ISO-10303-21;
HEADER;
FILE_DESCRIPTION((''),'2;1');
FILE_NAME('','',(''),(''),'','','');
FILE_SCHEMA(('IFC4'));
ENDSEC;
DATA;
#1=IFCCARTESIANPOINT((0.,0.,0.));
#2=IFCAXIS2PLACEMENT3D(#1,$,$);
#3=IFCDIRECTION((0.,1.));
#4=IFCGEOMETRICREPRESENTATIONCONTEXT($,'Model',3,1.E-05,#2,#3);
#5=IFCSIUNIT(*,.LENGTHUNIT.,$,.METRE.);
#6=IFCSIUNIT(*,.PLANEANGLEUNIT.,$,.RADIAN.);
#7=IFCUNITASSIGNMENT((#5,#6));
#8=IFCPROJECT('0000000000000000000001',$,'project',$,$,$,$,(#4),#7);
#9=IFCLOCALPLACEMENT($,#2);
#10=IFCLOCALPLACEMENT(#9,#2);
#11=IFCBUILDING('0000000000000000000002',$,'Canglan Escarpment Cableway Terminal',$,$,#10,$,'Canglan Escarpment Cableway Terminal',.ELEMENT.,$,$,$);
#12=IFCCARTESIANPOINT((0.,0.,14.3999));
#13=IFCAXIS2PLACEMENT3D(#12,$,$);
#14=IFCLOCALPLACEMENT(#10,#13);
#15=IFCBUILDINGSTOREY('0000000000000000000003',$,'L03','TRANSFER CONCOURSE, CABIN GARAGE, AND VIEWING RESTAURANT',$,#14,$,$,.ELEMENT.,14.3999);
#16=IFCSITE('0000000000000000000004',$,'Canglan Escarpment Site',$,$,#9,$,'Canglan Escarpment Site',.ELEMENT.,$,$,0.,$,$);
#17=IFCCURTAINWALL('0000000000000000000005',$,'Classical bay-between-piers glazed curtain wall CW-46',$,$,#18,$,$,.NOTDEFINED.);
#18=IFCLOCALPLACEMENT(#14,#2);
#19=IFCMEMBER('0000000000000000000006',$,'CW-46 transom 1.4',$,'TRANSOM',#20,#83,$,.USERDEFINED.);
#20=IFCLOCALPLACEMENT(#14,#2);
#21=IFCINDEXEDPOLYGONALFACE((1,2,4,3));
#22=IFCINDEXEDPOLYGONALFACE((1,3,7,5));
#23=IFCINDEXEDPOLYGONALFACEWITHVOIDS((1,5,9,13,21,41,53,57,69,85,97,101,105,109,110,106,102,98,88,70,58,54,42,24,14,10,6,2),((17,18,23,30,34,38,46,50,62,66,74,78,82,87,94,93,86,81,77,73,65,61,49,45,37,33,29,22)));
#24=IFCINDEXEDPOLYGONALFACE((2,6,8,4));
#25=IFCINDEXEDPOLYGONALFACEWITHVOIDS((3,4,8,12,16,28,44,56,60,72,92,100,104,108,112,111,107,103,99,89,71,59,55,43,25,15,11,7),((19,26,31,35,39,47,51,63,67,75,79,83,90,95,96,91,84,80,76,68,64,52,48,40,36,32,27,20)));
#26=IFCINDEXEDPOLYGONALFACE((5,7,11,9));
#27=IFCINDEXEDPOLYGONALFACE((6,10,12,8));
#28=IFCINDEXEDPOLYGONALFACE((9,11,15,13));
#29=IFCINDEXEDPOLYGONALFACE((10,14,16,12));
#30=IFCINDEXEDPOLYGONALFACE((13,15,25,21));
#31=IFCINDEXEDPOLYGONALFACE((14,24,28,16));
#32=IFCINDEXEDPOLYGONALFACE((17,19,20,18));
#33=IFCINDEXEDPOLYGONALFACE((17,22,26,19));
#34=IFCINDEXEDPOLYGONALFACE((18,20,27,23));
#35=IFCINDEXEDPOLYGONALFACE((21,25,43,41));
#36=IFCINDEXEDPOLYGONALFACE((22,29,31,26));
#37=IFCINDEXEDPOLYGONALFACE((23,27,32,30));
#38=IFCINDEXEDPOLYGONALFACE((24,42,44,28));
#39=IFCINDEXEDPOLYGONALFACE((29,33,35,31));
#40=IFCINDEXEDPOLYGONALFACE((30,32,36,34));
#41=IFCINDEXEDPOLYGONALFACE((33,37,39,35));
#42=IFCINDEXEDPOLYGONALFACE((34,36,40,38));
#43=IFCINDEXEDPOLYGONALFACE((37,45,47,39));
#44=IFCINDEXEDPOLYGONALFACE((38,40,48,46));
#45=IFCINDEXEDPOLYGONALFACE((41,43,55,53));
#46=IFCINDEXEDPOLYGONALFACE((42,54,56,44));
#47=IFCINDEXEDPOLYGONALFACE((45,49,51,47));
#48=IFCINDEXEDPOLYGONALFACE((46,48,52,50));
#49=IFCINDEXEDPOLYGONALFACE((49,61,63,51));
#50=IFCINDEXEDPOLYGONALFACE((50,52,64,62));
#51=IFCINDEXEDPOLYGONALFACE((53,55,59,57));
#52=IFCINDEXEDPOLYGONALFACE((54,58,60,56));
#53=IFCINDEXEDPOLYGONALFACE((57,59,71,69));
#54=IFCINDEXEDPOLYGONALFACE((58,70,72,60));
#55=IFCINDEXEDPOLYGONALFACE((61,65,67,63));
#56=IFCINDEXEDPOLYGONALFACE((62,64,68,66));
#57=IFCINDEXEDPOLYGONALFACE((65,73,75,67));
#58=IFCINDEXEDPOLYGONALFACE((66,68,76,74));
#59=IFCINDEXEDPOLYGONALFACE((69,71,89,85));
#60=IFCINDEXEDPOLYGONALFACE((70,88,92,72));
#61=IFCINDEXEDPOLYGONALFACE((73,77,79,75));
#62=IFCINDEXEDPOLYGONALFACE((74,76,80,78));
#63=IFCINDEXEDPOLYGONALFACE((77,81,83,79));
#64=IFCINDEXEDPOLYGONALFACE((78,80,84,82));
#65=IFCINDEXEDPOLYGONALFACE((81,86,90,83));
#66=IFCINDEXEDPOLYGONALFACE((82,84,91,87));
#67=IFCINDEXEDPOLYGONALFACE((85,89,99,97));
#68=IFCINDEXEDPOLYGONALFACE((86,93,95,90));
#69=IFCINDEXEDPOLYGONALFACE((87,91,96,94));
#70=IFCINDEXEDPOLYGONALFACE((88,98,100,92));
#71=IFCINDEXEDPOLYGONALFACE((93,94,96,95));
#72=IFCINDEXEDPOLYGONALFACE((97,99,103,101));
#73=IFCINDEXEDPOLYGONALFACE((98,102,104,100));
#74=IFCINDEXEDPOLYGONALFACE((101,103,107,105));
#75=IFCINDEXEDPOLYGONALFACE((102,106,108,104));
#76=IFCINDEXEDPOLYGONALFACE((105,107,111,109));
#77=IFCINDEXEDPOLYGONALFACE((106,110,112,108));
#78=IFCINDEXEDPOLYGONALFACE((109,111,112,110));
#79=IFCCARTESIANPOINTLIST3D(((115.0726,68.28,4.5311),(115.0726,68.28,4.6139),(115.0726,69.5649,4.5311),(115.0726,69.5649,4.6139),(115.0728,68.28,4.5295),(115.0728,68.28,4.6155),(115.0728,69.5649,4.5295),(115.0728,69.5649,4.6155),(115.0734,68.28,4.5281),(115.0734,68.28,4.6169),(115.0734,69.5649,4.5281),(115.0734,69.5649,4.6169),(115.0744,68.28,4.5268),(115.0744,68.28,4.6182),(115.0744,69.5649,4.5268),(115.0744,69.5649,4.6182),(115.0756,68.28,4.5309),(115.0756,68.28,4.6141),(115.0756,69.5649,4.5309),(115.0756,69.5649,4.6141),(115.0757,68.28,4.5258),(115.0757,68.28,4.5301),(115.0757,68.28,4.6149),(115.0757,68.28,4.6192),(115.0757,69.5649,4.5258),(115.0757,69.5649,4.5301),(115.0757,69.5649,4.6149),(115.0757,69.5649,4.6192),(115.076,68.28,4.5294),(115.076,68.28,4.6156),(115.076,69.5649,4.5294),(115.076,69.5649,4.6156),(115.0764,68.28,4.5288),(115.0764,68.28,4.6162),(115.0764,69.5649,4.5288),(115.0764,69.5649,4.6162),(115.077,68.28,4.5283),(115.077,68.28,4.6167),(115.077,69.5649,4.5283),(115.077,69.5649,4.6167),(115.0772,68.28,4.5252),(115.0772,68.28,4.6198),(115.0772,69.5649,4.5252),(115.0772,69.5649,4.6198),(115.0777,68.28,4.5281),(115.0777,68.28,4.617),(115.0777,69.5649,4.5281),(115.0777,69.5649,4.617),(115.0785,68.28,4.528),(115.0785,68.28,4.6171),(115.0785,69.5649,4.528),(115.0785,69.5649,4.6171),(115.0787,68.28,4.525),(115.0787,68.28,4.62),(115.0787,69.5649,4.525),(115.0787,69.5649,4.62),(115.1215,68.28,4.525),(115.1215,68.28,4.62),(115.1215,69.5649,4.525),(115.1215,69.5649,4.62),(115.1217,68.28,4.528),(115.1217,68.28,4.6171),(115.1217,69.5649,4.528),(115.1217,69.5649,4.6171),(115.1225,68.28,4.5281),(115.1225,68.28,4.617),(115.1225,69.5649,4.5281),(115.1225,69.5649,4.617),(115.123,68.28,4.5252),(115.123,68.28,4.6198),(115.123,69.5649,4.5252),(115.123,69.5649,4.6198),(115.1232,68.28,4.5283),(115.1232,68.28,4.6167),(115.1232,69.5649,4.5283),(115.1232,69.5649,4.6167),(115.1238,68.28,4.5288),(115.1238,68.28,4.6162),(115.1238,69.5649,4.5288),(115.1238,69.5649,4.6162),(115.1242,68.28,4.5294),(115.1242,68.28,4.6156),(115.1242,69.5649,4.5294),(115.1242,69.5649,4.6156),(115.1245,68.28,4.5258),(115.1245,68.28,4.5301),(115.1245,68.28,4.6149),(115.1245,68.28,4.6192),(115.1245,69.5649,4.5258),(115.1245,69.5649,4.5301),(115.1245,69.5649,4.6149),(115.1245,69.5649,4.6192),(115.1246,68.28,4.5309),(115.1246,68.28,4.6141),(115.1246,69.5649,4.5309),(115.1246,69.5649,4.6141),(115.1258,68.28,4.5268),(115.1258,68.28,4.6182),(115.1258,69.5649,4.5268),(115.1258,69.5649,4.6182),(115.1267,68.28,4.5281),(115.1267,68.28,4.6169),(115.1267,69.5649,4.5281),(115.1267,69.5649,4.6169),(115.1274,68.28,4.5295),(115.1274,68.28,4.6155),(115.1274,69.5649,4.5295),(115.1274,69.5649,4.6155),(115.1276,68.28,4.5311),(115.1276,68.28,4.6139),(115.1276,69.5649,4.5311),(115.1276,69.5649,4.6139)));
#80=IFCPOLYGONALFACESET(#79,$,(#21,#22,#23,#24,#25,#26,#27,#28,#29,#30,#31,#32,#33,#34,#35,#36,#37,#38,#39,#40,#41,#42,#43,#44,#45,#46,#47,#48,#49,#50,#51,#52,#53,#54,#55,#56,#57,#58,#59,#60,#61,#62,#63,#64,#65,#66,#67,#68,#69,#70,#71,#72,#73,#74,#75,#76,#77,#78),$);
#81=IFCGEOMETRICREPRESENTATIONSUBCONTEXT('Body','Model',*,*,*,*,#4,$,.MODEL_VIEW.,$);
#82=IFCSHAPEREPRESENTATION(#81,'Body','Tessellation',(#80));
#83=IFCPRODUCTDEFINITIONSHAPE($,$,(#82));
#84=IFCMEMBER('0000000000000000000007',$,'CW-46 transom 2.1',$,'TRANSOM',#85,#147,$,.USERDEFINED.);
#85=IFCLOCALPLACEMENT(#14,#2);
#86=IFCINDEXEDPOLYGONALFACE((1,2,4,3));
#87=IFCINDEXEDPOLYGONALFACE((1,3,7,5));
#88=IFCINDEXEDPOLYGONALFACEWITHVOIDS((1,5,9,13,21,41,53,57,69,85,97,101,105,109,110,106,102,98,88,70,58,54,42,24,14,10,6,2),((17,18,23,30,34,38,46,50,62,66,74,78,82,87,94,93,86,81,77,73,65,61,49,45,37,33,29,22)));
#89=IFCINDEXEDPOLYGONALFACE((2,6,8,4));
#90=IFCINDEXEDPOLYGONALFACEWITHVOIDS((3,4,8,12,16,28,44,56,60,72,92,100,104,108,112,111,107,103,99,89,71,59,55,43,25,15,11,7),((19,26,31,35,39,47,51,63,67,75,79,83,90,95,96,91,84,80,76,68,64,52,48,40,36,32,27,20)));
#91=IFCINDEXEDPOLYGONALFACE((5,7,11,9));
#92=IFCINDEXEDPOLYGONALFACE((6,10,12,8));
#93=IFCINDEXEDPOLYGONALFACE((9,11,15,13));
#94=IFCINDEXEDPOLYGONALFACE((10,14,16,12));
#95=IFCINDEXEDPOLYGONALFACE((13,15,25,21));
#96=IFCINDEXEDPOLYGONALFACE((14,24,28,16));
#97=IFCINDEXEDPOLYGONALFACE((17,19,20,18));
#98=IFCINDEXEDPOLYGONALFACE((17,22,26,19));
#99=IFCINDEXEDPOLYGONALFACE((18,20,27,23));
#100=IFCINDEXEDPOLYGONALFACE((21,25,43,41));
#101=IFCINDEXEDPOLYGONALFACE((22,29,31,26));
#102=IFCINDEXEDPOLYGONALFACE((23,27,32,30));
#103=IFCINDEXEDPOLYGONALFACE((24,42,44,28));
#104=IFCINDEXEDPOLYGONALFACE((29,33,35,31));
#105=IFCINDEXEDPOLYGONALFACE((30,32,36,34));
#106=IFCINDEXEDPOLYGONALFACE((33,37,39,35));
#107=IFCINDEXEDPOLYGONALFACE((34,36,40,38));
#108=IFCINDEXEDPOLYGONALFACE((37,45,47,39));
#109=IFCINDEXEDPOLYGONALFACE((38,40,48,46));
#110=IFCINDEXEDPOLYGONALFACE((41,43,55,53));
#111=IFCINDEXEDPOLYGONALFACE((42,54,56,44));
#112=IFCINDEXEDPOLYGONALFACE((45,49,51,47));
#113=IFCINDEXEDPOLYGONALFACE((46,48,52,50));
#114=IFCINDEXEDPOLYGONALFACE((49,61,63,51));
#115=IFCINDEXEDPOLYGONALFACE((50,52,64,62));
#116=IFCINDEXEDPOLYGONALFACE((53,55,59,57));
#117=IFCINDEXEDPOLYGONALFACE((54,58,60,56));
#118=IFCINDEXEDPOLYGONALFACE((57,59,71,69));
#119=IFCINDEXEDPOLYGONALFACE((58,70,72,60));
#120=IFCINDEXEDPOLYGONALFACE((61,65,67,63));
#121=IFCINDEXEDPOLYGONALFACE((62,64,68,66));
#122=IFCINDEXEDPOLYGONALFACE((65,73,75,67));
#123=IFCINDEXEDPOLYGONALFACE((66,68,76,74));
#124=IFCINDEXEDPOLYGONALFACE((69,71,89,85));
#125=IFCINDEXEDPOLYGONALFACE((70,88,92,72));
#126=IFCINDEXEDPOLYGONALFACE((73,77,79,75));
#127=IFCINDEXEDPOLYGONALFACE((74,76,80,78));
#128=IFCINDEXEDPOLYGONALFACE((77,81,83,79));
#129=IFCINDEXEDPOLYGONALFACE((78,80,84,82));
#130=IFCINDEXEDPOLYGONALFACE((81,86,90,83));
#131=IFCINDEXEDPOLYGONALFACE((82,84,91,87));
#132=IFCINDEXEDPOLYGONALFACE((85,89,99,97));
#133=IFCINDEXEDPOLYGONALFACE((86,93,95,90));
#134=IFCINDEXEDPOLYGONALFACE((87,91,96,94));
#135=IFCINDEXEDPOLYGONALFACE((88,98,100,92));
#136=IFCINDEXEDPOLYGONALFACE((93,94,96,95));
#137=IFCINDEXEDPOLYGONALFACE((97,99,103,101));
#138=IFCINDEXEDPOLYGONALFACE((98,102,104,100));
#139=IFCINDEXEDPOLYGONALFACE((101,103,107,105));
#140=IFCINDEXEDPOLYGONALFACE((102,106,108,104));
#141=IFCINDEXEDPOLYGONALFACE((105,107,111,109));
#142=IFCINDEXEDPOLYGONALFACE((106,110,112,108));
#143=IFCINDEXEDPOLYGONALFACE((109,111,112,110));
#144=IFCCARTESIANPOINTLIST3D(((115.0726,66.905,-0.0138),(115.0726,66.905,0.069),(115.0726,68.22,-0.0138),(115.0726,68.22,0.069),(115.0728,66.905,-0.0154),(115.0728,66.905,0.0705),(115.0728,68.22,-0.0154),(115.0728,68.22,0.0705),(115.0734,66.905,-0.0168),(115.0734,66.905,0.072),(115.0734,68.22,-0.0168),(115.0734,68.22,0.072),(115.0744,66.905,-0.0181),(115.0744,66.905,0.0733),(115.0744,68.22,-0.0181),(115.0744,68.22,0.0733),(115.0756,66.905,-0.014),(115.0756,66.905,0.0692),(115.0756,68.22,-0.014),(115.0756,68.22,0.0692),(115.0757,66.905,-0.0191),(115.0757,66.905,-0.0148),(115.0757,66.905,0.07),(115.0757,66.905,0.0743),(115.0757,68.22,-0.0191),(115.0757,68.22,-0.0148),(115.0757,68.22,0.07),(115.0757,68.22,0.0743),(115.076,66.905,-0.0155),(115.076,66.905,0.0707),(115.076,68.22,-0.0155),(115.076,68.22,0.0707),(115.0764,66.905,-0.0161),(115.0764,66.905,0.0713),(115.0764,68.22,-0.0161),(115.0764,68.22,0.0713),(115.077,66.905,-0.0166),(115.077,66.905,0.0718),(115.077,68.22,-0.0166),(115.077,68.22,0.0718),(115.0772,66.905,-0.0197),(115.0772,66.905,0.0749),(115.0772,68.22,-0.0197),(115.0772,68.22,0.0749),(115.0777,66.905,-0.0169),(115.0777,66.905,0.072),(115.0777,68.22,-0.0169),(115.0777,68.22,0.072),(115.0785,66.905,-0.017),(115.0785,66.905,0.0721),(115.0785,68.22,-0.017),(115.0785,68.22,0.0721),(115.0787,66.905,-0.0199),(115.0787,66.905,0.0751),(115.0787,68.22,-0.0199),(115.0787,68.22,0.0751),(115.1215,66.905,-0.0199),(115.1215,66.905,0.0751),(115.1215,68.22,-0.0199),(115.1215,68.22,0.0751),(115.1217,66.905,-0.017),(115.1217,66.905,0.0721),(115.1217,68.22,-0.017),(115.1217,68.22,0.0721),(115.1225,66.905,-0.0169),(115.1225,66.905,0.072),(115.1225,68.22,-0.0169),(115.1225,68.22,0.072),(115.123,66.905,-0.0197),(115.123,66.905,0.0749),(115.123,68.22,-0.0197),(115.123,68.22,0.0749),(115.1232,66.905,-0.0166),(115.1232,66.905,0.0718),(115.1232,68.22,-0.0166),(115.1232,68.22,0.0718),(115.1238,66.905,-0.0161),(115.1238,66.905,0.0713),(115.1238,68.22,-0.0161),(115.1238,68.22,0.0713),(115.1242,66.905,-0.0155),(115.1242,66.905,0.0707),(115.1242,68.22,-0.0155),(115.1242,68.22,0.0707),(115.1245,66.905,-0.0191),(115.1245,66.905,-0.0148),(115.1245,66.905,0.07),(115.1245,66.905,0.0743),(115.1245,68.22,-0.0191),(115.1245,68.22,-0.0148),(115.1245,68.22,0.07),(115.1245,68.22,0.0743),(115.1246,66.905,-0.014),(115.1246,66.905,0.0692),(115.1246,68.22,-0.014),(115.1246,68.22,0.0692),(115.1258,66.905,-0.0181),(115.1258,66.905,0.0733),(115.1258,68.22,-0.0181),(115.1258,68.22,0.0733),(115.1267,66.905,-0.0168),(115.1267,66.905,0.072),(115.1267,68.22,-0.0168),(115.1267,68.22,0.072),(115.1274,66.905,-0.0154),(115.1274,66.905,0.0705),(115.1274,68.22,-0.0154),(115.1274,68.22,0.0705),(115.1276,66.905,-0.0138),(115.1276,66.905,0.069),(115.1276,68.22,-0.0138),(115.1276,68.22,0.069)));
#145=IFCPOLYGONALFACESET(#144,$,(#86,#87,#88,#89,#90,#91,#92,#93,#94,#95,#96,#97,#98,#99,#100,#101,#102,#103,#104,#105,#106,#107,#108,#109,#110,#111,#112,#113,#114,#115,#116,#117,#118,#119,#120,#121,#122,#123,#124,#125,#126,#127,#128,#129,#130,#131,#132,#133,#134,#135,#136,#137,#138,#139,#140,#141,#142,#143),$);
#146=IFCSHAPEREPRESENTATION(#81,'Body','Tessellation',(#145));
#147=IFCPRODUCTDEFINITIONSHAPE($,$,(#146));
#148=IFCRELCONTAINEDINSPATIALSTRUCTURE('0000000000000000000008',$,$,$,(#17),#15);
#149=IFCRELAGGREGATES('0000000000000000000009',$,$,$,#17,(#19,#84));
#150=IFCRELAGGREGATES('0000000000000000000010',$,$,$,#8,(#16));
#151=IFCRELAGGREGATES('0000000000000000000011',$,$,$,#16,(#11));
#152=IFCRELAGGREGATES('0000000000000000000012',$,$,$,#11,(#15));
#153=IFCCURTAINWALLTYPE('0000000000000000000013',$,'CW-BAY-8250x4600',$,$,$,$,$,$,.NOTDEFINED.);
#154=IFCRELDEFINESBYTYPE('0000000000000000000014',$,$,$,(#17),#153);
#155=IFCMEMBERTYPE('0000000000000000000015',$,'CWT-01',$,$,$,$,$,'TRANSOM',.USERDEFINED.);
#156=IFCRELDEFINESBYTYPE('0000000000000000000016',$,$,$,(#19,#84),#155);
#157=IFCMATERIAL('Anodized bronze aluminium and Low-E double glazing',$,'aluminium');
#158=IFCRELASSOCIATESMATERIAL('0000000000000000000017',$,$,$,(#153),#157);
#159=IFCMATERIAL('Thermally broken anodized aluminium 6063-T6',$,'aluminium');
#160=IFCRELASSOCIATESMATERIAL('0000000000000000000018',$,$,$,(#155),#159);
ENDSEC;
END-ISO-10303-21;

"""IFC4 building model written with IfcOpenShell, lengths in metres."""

from ifc_helpers import new_model, si_unit, direction, frame, origin, origin_2d, place, context, subcontext, project, spatial, hollow_rectangle, extrude, material, material_profile, profile_set, type_object, element, aggregate, save


model = new_model("IFC4")

# Units and contexts
model_context = context("Model", 3, precision=1e-05, world=origin(), true_north=direction((0.0, 1.0)))
body_context = subcontext(model_context, "Body", "Model", "MODEL_VIEW")
ifc_project = project(units=[si_unit("LENGTHUNIT", "METRE"), si_unit("PLANEANGLEUNIT", "RADIAN")], contexts=[model_context])

# Site, building, storey
site_placement = place(None, origin())
site = spatial("IfcSite", under=ifc_project, at=site_placement, Name="Canglan Escarpment Site", LongName="Canglan Escarpment Site", CompositionType="ELEMENT", RefElevation=0.0)
building_placement = place(site_placement, origin())
building = spatial("IfcBuilding", under=site, at=building_placement, Name="Canglan Escarpment Cableway Terminal", LongName="Canglan Escarpment Cableway Terminal", CompositionType="ELEMENT")
storey_placement = place(building_placement, frame((0.0, 0.0, 14.3999)))
storey = spatial("IfcBuildingStorey", under=building, at=storey_placement, Name="L03", Description="TRANSFER CONCOURSE, CABIN GARAGE, AND VIEWING RESTAURANT", CompositionType="ELEMENT", Elevation=14.3999)

# Curtain wall, members
ifc_material_1 = material(Name="Anodized bronze aluminium and Low-E double glazing", Category="aluminium")
curtain_wall_type = type_object("IfcCurtainWallType", Name="CW-BAY-8250x4600", PredefinedType="NOTDEFINED", material=ifc_material_1)
curtain_wall_placement = place(storey_placement, origin())
curtain_wall = element("IfcCurtainWall", 1, at=curtain_wall_placement, inside=storey, type_object=curtain_wall_type, Name="Classical bay-between-piers glazed curtain wall CW-46", PredefinedType="NOTDEFINED")
ifc_material_2 = material(Name="Thermally broken anodized aluminium 6063-T6", Category="aluminium")
ifc_material_profile_1 = material_profile(ifc_material_2, hollow_rectangle(XDim=0.0549, YDim=0.095, WallThickness=0.0029, InnerFilletRadius=0.0029, OuterFilletRadius=0.0061, at=origin_2d()), Name="ALU-TRAN 55x95x3")
ifc_profile_set_1 = profile_set([ifc_material_profile_1], Name="Thermally broken anodized aluminium 6063-T6")
member_type_1 = type_object("IfcMemberType", Name="CWT-01", ElementType="TRANSOM", PredefinedType="USERDEFINED", material=ifc_profile_set_1)
member_1_placement = place(storey_placement, frame((115.1001, 69.5649, 4.5725), z_axis=(0.0, -1.0, 0.0), x_axis=(1.0, 0.0, 0.0)))
member_1 = element("IfcMember", 2, at=member_1_placement, type_object=member_type_1, Name="CW-46 transom 1.4", ObjectType="TRANSOM", PredefinedType="USERDEFINED", context=body_context, shape_type="SweptSolid", body=[
    extrude(hollow_rectangle(XDim=0.0549, YDim=0.095, WallThickness=0.0029, InnerFilletRadius=0.0029, OuterFilletRadius=0.0061, at=origin_2d()), origin(), (0.0, 0.0, 1.0), 1.2849),
])
member_2_placement = place(storey_placement, frame((115.1001, 68.22, 0.0276), z_axis=(0.0, -1.0, 0.0), x_axis=(1.0, 0.0, 0.0)))
member_2 = element("IfcMember", 3, at=member_2_placement, type_object=member_type_1, Name="CW-46 transom 2.1", ObjectType="TRANSOM", PredefinedType="USERDEFINED", context=body_context, shape_type="SweptSolid", body=[
    extrude(hollow_rectangle(XDim=0.0549, YDim=0.095, WallThickness=0.0029, InnerFilletRadius=0.0029, OuterFilletRadius=0.0061, at=origin_2d()), origin(), (0.0, 0.0, 1.0), 1.3149),
])

aggregate(curtain_wall, [member_1, member_2])

save(model, "model.ifc")
